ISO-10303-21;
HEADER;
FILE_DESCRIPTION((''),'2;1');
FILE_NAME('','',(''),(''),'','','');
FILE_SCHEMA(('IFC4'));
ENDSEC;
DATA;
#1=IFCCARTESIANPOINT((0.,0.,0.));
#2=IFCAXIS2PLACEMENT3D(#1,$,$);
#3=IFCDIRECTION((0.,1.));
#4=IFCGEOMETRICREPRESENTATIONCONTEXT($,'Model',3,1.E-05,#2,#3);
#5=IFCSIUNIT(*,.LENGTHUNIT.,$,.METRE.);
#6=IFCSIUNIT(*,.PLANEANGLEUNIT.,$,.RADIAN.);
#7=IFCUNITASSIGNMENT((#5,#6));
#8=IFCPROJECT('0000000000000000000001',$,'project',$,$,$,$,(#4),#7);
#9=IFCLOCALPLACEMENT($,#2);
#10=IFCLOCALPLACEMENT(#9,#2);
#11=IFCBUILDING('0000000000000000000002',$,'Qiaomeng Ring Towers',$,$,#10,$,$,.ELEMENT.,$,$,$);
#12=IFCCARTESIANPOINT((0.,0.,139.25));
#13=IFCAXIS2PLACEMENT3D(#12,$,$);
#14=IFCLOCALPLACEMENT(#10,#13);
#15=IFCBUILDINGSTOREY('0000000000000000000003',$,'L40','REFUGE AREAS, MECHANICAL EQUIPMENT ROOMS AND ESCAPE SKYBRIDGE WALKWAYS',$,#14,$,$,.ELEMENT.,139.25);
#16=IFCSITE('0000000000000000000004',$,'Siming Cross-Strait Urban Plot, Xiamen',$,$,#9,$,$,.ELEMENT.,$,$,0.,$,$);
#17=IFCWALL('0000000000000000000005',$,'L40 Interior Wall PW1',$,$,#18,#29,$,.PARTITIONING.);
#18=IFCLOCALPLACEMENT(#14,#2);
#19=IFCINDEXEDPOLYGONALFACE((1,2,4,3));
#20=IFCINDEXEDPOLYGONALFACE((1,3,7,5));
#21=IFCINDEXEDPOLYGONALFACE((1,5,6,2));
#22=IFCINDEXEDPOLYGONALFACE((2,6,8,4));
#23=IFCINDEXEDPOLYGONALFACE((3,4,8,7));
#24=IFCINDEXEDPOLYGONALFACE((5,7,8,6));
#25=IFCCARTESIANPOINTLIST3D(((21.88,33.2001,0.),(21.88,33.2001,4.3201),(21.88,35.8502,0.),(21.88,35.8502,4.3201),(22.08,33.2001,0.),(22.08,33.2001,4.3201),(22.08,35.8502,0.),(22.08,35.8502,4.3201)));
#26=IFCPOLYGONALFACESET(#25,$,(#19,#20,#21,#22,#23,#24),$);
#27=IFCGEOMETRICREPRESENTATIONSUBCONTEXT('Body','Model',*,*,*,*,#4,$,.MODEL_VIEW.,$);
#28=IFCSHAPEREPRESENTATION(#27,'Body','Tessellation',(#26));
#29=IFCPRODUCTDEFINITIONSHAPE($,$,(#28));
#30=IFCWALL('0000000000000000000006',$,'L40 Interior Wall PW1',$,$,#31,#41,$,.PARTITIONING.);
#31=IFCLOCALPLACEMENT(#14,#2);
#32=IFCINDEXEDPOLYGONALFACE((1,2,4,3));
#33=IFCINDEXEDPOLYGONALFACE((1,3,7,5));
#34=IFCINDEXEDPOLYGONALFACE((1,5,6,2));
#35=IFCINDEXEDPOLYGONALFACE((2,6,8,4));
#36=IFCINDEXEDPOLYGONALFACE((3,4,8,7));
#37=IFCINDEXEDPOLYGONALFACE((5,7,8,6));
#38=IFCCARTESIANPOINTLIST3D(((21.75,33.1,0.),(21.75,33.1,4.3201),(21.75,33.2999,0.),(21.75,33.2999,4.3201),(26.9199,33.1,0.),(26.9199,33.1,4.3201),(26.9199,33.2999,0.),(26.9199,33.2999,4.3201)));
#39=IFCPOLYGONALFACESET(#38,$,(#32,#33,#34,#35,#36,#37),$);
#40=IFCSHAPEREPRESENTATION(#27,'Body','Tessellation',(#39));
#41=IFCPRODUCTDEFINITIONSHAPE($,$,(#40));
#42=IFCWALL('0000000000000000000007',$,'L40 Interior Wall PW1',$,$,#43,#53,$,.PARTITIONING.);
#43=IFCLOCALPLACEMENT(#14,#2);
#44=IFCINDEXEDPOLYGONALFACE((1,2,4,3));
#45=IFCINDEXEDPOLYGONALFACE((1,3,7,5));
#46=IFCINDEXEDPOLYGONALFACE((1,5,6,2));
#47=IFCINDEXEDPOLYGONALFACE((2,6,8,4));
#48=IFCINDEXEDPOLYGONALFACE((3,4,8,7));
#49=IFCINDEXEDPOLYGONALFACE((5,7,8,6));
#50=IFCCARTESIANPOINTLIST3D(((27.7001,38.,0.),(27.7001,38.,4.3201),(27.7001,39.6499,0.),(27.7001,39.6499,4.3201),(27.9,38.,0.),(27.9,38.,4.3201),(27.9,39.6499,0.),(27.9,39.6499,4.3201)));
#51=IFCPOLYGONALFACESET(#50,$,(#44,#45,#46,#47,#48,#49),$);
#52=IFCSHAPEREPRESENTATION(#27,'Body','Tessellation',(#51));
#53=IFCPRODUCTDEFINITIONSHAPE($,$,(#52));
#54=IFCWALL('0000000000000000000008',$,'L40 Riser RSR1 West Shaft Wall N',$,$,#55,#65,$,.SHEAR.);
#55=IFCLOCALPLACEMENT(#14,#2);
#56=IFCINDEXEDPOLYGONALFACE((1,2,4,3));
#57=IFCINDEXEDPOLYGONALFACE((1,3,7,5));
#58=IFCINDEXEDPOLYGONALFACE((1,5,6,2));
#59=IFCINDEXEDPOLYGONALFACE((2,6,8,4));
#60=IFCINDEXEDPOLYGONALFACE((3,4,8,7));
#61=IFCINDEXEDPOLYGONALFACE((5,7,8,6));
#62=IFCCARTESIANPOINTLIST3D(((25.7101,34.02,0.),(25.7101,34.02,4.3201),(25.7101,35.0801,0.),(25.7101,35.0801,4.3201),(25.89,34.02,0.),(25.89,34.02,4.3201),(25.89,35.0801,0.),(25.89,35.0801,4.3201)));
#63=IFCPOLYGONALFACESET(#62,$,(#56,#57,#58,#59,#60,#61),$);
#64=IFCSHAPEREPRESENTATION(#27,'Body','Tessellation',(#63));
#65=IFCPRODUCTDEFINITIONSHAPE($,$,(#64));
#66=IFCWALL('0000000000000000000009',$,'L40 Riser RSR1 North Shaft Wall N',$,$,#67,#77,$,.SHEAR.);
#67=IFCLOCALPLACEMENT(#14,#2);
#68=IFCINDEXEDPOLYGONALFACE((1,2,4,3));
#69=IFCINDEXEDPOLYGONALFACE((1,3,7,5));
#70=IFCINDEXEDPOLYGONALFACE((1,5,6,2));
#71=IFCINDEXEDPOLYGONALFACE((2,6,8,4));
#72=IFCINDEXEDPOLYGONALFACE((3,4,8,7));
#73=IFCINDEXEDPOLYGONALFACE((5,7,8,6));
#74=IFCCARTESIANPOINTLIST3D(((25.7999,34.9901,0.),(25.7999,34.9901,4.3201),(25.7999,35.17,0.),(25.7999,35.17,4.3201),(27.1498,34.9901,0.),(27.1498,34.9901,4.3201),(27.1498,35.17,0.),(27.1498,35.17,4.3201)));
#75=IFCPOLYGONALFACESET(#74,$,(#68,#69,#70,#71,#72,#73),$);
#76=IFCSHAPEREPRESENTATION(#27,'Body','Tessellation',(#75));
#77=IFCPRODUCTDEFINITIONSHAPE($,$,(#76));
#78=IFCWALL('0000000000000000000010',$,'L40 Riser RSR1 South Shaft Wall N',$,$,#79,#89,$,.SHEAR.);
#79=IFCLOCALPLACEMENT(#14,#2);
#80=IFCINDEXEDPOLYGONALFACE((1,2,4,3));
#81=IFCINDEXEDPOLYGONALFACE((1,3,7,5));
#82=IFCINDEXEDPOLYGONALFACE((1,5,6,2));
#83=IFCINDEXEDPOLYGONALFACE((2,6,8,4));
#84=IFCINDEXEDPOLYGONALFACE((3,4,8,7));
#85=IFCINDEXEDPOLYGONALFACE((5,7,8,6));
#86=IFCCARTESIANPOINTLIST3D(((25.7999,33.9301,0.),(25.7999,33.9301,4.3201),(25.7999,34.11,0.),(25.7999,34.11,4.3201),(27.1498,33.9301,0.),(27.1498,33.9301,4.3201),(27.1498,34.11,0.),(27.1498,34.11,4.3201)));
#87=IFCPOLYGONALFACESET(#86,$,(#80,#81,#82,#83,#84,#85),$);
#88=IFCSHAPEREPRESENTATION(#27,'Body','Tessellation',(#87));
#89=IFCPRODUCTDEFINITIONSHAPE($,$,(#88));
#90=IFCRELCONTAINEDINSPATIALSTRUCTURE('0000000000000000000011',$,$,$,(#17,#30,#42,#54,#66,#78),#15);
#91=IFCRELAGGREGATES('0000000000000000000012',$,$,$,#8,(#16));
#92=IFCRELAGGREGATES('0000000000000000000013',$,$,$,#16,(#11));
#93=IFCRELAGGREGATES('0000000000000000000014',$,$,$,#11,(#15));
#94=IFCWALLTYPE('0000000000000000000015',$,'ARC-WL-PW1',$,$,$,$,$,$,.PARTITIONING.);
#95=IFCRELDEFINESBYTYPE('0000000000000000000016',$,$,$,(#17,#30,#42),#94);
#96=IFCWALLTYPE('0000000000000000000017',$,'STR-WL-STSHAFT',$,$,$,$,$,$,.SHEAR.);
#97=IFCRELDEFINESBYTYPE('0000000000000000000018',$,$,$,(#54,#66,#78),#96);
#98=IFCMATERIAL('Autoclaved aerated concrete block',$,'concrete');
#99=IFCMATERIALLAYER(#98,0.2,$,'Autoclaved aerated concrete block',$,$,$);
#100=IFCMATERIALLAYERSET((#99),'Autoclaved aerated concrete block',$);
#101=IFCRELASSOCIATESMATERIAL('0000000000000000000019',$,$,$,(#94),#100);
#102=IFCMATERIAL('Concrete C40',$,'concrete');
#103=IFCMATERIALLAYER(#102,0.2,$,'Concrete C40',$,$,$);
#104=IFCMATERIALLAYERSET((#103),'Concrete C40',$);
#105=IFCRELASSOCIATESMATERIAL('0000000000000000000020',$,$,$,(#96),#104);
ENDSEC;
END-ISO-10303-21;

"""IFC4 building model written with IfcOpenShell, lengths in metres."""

from ifc_helpers import new_model, si_unit, direction, frame, frame_2d, origin, place, context, subcontext, project, spatial, rectangle, extrude, material, layer, layer_set, type_object, element, save


model = new_model("IFC4")

# Units and contexts
model_context = context("Model", 3, precision=1e-05, world=origin(), true_north=direction((0.0, 1.0)))
body_context = subcontext(model_context, "Body", "Model", "MODEL_VIEW")
ifc_project = project(units=[si_unit("LENGTHUNIT", "METRE"), si_unit("PLANEANGLEUNIT", "RADIAN")], contexts=[model_context])

# Site, building, storey
site_placement = place(None, origin())
site = spatial("IfcSite", under=ifc_project, at=site_placement, Name="Siming Cross-Strait Urban Plot, Xiamen", CompositionType="ELEMENT", RefElevation=0.0)
building_placement = place(site_placement, origin())
building = spatial("IfcBuilding", under=site, at=building_placement, Name="Qiaomeng Ring Towers", CompositionType="ELEMENT")
storey_placement = place(building_placement, frame((0.0, 0.0, 139.25)))
storey = spatial("IfcBuildingStorey", under=building, at=storey_placement, Name="L40", Description="REFUGE AREAS, MECHANICAL EQUIPMENT ROOMS AND ESCAPE SKYBRIDGE WALKWAYS", CompositionType="ELEMENT", Elevation=139.25)

# Walls
ifc_material_1 = material(Name="Autoclaved aerated concrete block", Category="concrete")
ifc_layer_1 = layer(ifc_material_1, 0.2, Name="Autoclaved aerated concrete block")
ifc_layer_set_1 = layer_set([ifc_layer_1], Name="Autoclaved aerated concrete block")
wall_type_1 = type_object("IfcWallType", Name="ARC-WL-PW1", PredefinedType="PARTITIONING", material=ifc_layer_set_1)
wall_1_placement = place(storey_placement, frame((21.98, 33.2, 0.0), z_axis=(0.0, 0.0, 1.0), x_axis=(0.0, 1.0, 0.0)))
element("IfcWall", 1, at=wall_1_placement, inside=storey, type_object=wall_type_1, Name="L40 Interior Wall PW1", PredefinedType="PARTITIONING", context=body_context, shape_type="SweptSolid", body=[
    extrude(rectangle(XDim=2.6501, YDim=0.2, at=frame_2d((1.3252, 0.0))), origin(), (0.0, 0.0, 1.0), 4.3201),
])
wall_2_placement = place(storey_placement, frame((21.75, 33.2, 0.0), z_axis=(0.0, 0.0, 1.0), x_axis=(1.0, 0.0, 0.0)))
element("IfcWall", 2, at=wall_2_placement, inside=storey, type_object=wall_type_1, Name="L40 Interior Wall PW1", PredefinedType="PARTITIONING", context=body_context, shape_type="SweptSolid", body=[
    extrude(rectangle(XDim=5.1699, YDim=0.2, at=frame_2d((2.585, 0.0))), origin(), (0.0, 0.0, 1.0), 4.3201),
])
wall_3_placement = place(storey_placement, frame((27.8, 38.0, 0.0), z_axis=(0.0, 0.0, 1.0), x_axis=(0.0, 1.0, 0.0)))
element("IfcWall", 3, at=wall_3_placement, inside=storey, type_object=wall_type_1, Name="L40 Interior Wall PW1", PredefinedType="PARTITIONING", context=body_context, shape_type="SweptSolid", body=[
    extrude(rectangle(XDim=1.6499, YDim=0.2, at=frame_2d((0.825, 0.0))), origin(), (0.0, 0.0, 1.0), 4.3201),
])
ifc_material_2 = material(Name="Concrete C40", Category="concrete")
ifc_layer_2 = layer(ifc_material_2, 0.2, Name="Concrete C40")
ifc_layer_set_2 = layer_set([ifc_layer_2], Name="Concrete C40")
wall_type_2 = type_object("IfcWallType", Name="STR-WL-STSHAFT", PredefinedType="SHEAR", material=ifc_layer_set_2)
wall_4_placement = place(storey_placement, frame((25.8, 34.02, 0.0), z_axis=(0.0, 0.0, 1.0), x_axis=(0.0, 1.0, 0.0)))
element("IfcWall", 4, at=wall_4_placement, inside=storey, type_object=wall_type_2, Name="L40 Riser RSR1 West Shaft Wall N", PredefinedType="SHEAR", context=body_context, shape_type="SweptSolid", body=[
    extrude(rectangle(XDim=1.0601, YDim=0.1799, at=frame_2d((0.53, 0.0))), origin(), (0.0, 0.0, 1.0), 4.3201),
])
for number, where, z_axis, x_axis, name in (
    (5, (25.8, 35.0801, 0.0), (0.0, 0.0, 1.0), (1.0, 0.0, 0.0), "L40 Riser RSR1 North Shaft Wall N"),
    (6, (25.8, 34.02, 0.0), (0.0, 0.0, 1.0), (1.0, 0.0, 0.0), "L40 Riser RSR1 South Shaft Wall N"),
):
    element("IfcWall", number, at=place(storey_placement, frame(where, z_axis=z_axis, x_axis=x_axis)), inside=storey, type_object=wall_type_2, Name=name, PredefinedType="SHEAR", context=body_context, shape_type="SweptSolid", body=[
        extrude(rectangle(XDim=1.3499, YDim=0.1799, at=frame_2d((0.6748, 0.0))), origin(), (0.0, 0.0, 1.0), 4.3201),
    ])

save(model, "model.ifc")
